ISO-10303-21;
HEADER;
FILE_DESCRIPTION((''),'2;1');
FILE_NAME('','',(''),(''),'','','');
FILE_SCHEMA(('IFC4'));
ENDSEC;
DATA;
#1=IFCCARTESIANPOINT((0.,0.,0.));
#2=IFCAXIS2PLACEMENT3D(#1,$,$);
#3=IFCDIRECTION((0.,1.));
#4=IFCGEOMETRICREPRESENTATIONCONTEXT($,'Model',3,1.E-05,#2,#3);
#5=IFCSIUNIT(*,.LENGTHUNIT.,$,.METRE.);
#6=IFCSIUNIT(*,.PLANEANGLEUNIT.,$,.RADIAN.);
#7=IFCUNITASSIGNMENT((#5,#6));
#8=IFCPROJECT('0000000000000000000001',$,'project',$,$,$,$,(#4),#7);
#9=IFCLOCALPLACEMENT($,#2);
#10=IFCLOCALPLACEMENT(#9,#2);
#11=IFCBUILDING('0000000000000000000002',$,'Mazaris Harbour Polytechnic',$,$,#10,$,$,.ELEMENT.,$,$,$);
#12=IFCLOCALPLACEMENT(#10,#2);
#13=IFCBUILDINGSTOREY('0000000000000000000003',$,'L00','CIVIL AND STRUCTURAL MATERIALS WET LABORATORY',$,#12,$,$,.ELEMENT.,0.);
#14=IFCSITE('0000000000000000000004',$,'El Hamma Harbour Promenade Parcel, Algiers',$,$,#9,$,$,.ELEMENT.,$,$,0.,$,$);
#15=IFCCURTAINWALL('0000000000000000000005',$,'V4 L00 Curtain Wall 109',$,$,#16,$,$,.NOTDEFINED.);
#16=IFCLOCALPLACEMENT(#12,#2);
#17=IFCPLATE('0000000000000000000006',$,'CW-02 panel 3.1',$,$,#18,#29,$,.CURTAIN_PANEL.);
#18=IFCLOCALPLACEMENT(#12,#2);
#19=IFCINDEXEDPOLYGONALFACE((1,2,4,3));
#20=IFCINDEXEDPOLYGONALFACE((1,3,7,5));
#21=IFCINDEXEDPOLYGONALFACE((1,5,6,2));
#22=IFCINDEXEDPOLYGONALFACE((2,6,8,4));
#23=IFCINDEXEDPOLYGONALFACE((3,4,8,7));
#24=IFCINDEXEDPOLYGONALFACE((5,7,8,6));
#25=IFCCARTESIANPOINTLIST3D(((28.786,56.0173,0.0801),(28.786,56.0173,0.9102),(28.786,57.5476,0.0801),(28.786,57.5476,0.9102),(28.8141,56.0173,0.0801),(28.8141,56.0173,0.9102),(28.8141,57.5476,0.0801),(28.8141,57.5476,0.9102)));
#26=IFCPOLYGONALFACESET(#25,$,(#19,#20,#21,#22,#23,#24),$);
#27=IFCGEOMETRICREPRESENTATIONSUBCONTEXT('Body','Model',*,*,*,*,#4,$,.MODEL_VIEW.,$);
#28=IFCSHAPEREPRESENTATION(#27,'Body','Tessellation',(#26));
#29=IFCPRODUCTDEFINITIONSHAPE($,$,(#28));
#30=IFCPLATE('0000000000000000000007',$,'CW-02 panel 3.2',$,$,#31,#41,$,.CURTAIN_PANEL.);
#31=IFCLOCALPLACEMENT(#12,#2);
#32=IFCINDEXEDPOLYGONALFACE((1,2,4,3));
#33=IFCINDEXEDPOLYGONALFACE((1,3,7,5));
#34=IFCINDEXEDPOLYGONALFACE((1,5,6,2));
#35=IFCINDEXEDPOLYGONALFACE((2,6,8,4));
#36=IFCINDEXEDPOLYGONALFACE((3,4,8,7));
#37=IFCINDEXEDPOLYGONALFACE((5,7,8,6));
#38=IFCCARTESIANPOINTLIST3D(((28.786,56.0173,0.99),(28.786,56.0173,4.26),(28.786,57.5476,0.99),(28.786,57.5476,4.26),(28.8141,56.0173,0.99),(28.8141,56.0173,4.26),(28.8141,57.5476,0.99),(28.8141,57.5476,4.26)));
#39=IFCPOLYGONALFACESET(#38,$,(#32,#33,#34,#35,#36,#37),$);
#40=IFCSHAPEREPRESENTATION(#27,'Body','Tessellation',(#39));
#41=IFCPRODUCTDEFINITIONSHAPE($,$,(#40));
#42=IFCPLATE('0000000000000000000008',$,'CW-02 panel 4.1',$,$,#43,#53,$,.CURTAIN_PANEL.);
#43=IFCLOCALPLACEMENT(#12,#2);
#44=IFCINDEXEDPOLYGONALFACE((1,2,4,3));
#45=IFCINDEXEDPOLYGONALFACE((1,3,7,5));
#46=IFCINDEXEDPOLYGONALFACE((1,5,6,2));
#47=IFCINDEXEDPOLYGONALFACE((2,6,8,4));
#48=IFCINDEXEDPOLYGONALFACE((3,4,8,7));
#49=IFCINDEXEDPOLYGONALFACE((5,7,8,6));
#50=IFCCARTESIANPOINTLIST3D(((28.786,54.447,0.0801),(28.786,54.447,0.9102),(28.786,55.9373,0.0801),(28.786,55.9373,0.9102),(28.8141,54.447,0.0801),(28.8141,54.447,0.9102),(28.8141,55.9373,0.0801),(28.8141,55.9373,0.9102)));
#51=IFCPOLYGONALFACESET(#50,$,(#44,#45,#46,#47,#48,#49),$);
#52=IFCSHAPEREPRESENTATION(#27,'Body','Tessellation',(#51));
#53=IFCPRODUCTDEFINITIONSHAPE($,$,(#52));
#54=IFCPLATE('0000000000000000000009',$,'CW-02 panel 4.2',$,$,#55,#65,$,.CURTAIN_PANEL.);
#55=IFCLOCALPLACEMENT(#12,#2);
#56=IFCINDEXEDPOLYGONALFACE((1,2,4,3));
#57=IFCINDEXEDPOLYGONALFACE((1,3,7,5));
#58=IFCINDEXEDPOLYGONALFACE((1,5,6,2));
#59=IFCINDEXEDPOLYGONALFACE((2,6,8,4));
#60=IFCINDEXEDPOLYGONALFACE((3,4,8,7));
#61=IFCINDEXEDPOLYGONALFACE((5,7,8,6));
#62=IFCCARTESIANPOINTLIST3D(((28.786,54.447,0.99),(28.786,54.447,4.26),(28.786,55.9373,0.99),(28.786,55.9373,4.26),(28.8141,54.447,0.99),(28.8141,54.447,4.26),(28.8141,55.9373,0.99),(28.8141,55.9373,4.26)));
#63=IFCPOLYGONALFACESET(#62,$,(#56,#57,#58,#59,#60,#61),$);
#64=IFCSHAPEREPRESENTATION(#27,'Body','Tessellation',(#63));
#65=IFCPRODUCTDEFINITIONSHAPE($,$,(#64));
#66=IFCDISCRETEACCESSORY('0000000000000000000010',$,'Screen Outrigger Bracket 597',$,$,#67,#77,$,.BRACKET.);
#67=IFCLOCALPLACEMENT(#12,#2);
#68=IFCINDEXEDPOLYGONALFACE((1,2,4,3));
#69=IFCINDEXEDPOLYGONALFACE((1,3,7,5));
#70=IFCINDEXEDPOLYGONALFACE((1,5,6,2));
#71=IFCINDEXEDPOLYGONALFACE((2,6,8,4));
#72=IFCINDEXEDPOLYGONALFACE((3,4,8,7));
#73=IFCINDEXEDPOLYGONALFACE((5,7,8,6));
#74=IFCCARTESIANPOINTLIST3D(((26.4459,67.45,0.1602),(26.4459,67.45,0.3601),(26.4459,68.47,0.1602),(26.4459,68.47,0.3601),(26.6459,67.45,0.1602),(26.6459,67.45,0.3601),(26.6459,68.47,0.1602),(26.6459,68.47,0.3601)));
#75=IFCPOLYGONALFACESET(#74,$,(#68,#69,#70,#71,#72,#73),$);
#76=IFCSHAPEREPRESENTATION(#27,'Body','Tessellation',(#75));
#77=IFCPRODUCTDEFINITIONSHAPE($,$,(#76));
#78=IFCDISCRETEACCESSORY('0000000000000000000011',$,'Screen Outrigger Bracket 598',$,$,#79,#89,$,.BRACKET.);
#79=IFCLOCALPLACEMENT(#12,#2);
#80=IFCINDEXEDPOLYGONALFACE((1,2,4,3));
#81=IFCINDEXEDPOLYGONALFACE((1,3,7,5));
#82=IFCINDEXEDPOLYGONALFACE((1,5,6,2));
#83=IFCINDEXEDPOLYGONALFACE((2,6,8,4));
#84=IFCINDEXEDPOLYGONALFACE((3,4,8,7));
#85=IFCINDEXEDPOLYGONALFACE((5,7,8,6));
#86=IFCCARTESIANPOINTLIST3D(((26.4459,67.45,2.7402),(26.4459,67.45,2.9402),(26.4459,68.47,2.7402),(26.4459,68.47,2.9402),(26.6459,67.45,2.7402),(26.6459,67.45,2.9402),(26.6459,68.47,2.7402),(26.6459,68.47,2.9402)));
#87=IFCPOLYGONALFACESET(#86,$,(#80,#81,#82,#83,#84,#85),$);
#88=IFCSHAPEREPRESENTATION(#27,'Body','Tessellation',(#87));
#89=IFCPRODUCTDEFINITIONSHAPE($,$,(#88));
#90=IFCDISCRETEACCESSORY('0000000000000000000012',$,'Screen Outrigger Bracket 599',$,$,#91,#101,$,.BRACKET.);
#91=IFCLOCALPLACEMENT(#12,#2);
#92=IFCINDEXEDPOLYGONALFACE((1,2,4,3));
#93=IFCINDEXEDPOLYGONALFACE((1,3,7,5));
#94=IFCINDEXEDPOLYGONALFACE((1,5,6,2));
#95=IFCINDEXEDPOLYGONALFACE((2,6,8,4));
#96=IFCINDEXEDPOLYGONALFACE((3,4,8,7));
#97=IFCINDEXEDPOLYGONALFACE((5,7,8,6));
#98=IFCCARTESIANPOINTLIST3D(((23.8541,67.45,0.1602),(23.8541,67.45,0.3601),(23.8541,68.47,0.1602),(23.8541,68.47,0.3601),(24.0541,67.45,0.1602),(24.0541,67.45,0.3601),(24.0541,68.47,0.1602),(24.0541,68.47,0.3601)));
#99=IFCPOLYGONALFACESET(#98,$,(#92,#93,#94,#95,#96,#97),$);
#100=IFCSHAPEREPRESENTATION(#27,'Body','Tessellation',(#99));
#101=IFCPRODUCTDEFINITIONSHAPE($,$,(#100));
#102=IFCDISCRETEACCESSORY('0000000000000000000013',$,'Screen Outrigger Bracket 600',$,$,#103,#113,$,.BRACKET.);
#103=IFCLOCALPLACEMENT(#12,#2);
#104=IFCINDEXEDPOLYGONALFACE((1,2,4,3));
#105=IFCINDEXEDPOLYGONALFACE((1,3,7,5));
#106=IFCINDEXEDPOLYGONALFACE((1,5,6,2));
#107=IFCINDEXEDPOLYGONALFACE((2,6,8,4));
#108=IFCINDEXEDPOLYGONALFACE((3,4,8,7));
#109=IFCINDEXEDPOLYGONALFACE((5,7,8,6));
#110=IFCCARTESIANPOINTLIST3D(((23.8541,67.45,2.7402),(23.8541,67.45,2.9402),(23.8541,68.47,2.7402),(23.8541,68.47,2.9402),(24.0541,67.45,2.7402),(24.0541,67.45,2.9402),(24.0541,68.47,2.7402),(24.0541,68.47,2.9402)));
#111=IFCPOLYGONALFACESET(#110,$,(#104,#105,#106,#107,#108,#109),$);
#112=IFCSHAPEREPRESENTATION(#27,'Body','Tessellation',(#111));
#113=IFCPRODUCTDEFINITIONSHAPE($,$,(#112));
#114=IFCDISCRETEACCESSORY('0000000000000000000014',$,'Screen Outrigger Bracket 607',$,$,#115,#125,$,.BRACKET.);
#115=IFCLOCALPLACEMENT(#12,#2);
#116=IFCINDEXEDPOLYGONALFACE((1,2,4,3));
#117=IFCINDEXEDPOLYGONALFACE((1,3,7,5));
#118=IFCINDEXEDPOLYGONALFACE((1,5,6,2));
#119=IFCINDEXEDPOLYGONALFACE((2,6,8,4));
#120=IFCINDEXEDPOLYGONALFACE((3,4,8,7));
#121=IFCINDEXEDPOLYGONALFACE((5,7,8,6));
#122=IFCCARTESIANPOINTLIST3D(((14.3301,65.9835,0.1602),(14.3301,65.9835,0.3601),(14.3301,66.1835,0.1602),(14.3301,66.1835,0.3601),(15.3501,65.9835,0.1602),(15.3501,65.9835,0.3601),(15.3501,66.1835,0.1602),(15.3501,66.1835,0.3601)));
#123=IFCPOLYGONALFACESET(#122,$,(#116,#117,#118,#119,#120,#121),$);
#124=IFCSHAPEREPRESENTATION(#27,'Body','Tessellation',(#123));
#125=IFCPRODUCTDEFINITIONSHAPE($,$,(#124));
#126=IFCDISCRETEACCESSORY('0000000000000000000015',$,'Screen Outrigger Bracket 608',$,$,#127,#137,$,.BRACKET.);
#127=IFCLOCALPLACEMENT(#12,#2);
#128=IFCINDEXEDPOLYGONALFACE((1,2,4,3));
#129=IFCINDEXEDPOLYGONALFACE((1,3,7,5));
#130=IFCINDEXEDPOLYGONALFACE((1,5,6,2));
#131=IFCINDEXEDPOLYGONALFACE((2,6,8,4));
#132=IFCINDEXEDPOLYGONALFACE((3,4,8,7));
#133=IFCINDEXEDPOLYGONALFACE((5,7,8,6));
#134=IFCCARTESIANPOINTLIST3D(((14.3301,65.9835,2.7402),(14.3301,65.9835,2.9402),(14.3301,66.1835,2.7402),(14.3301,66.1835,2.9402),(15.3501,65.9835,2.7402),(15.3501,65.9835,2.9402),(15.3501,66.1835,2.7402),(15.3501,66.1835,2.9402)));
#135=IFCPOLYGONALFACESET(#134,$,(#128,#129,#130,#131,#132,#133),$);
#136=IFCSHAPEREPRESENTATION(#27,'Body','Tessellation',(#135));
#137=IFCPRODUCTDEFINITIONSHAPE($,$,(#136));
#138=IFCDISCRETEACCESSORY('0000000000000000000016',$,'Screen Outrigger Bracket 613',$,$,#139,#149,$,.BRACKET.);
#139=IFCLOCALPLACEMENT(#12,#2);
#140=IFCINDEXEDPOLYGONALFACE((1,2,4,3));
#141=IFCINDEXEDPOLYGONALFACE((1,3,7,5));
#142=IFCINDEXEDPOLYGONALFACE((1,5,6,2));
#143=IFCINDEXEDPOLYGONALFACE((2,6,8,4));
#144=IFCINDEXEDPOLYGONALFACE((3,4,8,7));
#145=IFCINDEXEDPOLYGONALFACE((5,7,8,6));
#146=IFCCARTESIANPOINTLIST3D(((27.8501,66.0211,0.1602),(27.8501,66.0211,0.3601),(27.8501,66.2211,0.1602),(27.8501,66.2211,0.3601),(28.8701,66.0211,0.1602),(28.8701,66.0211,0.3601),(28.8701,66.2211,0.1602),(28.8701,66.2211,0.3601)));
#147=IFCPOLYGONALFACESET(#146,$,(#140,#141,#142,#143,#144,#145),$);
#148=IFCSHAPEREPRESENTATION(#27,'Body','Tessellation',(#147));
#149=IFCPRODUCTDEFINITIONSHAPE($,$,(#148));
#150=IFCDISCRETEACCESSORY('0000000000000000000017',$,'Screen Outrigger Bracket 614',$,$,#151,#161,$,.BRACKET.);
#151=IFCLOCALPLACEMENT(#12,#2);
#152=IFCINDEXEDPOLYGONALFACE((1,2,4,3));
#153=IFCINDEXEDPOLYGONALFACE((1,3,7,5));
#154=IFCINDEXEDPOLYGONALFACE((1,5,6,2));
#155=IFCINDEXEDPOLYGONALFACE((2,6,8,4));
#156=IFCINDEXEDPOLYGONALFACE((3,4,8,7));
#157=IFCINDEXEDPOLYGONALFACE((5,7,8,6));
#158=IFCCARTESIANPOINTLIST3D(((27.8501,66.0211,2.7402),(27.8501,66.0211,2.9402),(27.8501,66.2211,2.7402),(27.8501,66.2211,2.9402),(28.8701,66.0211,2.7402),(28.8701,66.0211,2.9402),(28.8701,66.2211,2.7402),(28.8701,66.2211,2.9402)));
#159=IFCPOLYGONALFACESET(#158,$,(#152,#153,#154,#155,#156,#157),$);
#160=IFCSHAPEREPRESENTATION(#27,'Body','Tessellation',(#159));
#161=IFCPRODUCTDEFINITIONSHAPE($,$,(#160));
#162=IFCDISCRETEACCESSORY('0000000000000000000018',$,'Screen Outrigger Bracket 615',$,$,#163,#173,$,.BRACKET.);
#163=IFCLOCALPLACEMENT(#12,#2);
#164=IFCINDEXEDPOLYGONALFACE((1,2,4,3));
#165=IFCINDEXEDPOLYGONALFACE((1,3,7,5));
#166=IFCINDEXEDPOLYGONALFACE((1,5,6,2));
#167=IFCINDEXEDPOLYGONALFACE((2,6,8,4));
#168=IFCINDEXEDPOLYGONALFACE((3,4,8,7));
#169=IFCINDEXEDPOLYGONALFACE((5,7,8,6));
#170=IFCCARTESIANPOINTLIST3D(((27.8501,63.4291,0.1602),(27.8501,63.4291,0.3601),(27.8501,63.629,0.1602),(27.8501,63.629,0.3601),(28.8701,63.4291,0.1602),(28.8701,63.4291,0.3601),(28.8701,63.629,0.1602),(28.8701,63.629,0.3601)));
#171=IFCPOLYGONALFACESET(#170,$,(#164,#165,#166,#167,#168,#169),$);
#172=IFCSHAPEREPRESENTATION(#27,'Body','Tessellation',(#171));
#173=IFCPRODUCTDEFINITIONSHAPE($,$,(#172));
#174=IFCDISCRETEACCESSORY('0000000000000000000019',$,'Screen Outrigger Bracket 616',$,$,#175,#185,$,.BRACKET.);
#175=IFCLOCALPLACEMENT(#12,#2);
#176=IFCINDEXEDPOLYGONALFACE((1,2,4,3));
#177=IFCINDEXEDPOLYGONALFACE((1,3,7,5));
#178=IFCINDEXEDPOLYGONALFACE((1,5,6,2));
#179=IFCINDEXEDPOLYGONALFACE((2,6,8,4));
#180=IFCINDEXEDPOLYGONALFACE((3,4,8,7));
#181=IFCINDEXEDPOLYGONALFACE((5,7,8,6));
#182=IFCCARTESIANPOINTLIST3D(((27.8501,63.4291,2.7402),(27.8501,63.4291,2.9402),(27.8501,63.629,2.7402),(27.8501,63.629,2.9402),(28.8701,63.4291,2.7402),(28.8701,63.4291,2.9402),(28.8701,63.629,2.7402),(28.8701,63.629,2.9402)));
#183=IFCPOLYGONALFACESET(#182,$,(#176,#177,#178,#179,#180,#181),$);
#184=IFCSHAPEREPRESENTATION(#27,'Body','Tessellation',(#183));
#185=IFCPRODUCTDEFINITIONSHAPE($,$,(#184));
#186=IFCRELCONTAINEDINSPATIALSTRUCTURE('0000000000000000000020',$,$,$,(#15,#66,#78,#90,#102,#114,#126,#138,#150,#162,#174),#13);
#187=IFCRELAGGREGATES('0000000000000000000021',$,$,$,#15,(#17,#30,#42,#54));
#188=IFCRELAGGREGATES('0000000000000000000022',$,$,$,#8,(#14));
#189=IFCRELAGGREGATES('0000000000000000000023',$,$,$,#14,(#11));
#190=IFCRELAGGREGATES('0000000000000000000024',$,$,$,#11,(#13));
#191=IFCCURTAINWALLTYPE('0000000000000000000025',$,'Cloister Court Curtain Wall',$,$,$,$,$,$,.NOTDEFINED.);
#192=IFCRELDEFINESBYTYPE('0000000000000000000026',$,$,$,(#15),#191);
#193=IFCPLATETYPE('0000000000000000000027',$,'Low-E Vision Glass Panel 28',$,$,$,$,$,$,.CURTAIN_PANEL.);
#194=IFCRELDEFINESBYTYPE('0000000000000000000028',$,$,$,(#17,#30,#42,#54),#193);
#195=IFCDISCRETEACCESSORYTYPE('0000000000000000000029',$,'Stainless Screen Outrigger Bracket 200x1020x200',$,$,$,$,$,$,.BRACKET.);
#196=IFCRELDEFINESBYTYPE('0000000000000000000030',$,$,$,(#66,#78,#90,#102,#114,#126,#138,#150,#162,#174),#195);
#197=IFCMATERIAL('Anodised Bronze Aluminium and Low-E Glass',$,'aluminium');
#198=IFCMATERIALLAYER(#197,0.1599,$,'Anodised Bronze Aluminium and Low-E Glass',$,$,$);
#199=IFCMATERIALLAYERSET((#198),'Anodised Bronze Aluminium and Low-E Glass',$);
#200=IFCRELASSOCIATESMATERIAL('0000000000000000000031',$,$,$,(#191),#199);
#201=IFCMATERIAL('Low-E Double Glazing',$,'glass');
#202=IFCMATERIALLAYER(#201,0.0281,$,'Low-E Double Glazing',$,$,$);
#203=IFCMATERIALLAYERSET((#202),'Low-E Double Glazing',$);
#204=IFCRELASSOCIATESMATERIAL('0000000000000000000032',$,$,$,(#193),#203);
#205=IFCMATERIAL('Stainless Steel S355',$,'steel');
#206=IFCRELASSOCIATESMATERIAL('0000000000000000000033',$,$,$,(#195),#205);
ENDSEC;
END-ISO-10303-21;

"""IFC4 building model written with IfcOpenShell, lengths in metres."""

from ifc_helpers import new_model, si_unit, direction, frame, origin, origin_2d, place, context, subcontext, project, spatial, rectangle, extrude, material, layer, layer_set, type_object, element, aggregate, save


model = new_model("IFC4")

# Units and contexts
model_context = context("Model", 3, precision=1e-05, world=origin(), true_north=direction((0.0, 1.0)))
body_context = subcontext(model_context, "Body", "Model", "MODEL_VIEW")
ifc_project = project(units=[si_unit("LENGTHUNIT", "METRE"), si_unit("PLANEANGLEUNIT", "RADIAN")], contexts=[model_context])

# Site, building, storey
site_placement = place(None, origin())
site = spatial("IfcSite", under=ifc_project, at=site_placement, Name="El Hamma Harbour Promenade Parcel, Algiers", CompositionType="ELEMENT", RefElevation=0.0)
building_placement = place(site_placement, origin())
building = spatial("IfcBuilding", under=site, at=building_placement, Name="Mazaris Harbour Polytechnic", CompositionType="ELEMENT")
storey_placement = place(building_placement, origin())
storey = spatial("IfcBuildingStorey", under=building, at=storey_placement, Name="L00", Description="CIVIL AND STRUCTURAL MATERIALS WET LABORATORY", CompositionType="ELEMENT", Elevation=0.0)

# Curtain wall
ifc_material_1 = material(Name="Anodised Bronze Aluminium and Low-E Glass", Category="aluminium")
ifc_layer_1 = layer(ifc_material_1, 0.1599, Name="Anodised Bronze Aluminium and Low-E Glass")
ifc_layer_set_1 = layer_set([ifc_layer_1], Name="Anodised Bronze Aluminium and Low-E Glass")
curtain_wall_type = type_object("IfcCurtainWallType", Name="Cloister Court Curtain Wall", PredefinedType="NOTDEFINED", material=ifc_layer_set_1)
curtain_wall_placement = place(storey_placement, origin())
curtain_wall = element("IfcCurtainWall", 1, at=curtain_wall_placement, inside=storey, type_object=curtain_wall_type, Name="V4 L00 Curtain Wall 109", PredefinedType="NOTDEFINED")

# Plates
ifc_material_2 = material(Name="Low-E Double Glazing", Category="glass")
ifc_layer_2 = layer(ifc_material_2, 0.0281, Name="Low-E Double Glazing")
ifc_layer_set_2 = layer_set([ifc_layer_2], Name="Low-E Double Glazing")
plate_type = type_object("IfcPlateType", Name="Low-E Vision Glass Panel 28", PredefinedType="CURTAIN_PANEL", material=ifc_layer_set_2)
plate_1_placement = place(storey_placement, frame((28.8, 56.7825, 0.0801), z_axis=(0.0, 0.0, 1.0), x_axis=(0.0, -1.0, 0.0)))
plate_1 = element("IfcPlate", 2, at=plate_1_placement, type_object=plate_type, Name="CW-02 panel 3.1", PredefinedType="CURTAIN_PANEL", context=body_context, shape_type="SweptSolid", body=[
    extrude(rectangle(XDim=1.5303, YDim=0.0281, at=origin_2d()), origin(), (0.0, 0.0, 1.0), 0.8301),
])
plate_2_placement = place(storey_placement, frame((28.8, 56.7825, 0.99), z_axis=(0.0, 0.0, 1.0), x_axis=(0.0, -1.0, 0.0)))
plate_2 = element("IfcPlate", 3, at=plate_2_placement, type_object=plate_type, Name="CW-02 panel 3.2", PredefinedType="CURTAIN_PANEL", context=body_context, shape_type="SweptSolid", body=[
    extrude(rectangle(XDim=1.5303, YDim=0.0281, at=origin_2d()), origin(), (0.0, 0.0, 1.0), 3.27),
])
plate_3_placement = place(storey_placement, frame((28.8, 55.1921, 0.0801), z_axis=(0.0, 0.0, 1.0), x_axis=(0.0, -1.0, 0.0)))
plate_3 = element("IfcPlate", 4, at=plate_3_placement, type_object=plate_type, Name="CW-02 panel 4.1", PredefinedType="CURTAIN_PANEL", context=body_context, shape_type="SweptSolid", body=[
    extrude(rectangle(XDim=1.4902, YDim=0.0281, at=origin_2d()), origin(), (0.0, 0.0, 1.0), 0.8301),
])
plate_4_placement = place(storey_placement, frame((28.8, 55.1921, 0.99), z_axis=(0.0, 0.0, 1.0), x_axis=(0.0, -1.0, 0.0)))
plate_4 = element("IfcPlate", 5, at=plate_4_placement, type_object=plate_type, Name="CW-02 panel 4.2", PredefinedType="CURTAIN_PANEL", context=body_context, shape_type="SweptSolid", body=[
    extrude(rectangle(XDim=1.4902, YDim=0.0281, at=origin_2d()), origin(), (0.0, 0.0, 1.0), 3.27),
])
aggregate(curtain_wall, [plate_1, plate_2, plate_3, plate_4])

# Discrete accessories
ifc_material_3 = material(Name="Stainless Steel S355", Category="steel")
discrete_accessory_type = type_object("IfcDiscreteAccessoryType", Name="Stainless Screen Outrigger Bracket 200x1020x200", PredefinedType="BRACKET", material=ifc_material_3)
for number, where, z_axis, x_axis, name in (
    (6, (26.5459, 67.96, 0.1602), (0.0, 0.0, 1.0), (-1.0, 0.0, 0.0), "Screen Outrigger Bracket 597"),
    (7, (26.5459, 67.96, 2.7402), (0.0, 0.0, 1.0), (-1.0, 0.0, 0.0), "Screen Outrigger Bracket 598"),
    (8, (23.9541, 67.96, 0.1602), (0.0, 0.0, 1.0), (-1.0, 0.0, 0.0), "Screen Outrigger Bracket 599"),
    (9, (23.9541, 67.96, 2.7402), (0.0, 0.0, 1.0), (-1.0, 0.0, 0.0), "Screen Outrigger Bracket 600"),
    (10, (14.8401, 66.0835, 0.1602), (0.0, 0.0, 1.0), (0.0, 1.0, 0.0), "Screen Outrigger Bracket 607"),
    (11, (14.8401, 66.0835, 2.7402), (0.0, 0.0, 1.0), (0.0, 1.0, 0.0), "Screen Outrigger Bracket 608"),
    (12, (28.3601, 66.1211, 0.1602), (0.0, 0.0, 1.0), (0.0, -1.0, 0.0), "Screen Outrigger Bracket 613"),
    (13, (28.3601, 66.1211, 2.7402), (0.0, 0.0, 1.0), (0.0, -1.0, 0.0), "Screen Outrigger Bracket 614"),
    (14, (28.3601, 63.5291, 0.1602), (0.0, 0.0, 1.0), (0.0, -1.0, 0.0), "Screen Outrigger Bracket 615"),
    (15, (28.3601, 63.5291, 2.7402), (0.0, 0.0, 1.0), (0.0, -1.0, 0.0), "Screen Outrigger Bracket 616"),
):
    element("IfcDiscreteAccessory", number, at=place(storey_placement, frame(where, z_axis=z_axis, x_axis=x_axis)), inside=storey, type_object=discrete_accessory_type, Name=name, PredefinedType="BRACKET", context=body_context, shape_type="SweptSolid", body=[
        extrude(rectangle(XDim=0.2, YDim=1.02, at=origin_2d()), origin(), (0.0, 0.0, 1.0), 0.2),
    ])

save(model, "model.ifc")
